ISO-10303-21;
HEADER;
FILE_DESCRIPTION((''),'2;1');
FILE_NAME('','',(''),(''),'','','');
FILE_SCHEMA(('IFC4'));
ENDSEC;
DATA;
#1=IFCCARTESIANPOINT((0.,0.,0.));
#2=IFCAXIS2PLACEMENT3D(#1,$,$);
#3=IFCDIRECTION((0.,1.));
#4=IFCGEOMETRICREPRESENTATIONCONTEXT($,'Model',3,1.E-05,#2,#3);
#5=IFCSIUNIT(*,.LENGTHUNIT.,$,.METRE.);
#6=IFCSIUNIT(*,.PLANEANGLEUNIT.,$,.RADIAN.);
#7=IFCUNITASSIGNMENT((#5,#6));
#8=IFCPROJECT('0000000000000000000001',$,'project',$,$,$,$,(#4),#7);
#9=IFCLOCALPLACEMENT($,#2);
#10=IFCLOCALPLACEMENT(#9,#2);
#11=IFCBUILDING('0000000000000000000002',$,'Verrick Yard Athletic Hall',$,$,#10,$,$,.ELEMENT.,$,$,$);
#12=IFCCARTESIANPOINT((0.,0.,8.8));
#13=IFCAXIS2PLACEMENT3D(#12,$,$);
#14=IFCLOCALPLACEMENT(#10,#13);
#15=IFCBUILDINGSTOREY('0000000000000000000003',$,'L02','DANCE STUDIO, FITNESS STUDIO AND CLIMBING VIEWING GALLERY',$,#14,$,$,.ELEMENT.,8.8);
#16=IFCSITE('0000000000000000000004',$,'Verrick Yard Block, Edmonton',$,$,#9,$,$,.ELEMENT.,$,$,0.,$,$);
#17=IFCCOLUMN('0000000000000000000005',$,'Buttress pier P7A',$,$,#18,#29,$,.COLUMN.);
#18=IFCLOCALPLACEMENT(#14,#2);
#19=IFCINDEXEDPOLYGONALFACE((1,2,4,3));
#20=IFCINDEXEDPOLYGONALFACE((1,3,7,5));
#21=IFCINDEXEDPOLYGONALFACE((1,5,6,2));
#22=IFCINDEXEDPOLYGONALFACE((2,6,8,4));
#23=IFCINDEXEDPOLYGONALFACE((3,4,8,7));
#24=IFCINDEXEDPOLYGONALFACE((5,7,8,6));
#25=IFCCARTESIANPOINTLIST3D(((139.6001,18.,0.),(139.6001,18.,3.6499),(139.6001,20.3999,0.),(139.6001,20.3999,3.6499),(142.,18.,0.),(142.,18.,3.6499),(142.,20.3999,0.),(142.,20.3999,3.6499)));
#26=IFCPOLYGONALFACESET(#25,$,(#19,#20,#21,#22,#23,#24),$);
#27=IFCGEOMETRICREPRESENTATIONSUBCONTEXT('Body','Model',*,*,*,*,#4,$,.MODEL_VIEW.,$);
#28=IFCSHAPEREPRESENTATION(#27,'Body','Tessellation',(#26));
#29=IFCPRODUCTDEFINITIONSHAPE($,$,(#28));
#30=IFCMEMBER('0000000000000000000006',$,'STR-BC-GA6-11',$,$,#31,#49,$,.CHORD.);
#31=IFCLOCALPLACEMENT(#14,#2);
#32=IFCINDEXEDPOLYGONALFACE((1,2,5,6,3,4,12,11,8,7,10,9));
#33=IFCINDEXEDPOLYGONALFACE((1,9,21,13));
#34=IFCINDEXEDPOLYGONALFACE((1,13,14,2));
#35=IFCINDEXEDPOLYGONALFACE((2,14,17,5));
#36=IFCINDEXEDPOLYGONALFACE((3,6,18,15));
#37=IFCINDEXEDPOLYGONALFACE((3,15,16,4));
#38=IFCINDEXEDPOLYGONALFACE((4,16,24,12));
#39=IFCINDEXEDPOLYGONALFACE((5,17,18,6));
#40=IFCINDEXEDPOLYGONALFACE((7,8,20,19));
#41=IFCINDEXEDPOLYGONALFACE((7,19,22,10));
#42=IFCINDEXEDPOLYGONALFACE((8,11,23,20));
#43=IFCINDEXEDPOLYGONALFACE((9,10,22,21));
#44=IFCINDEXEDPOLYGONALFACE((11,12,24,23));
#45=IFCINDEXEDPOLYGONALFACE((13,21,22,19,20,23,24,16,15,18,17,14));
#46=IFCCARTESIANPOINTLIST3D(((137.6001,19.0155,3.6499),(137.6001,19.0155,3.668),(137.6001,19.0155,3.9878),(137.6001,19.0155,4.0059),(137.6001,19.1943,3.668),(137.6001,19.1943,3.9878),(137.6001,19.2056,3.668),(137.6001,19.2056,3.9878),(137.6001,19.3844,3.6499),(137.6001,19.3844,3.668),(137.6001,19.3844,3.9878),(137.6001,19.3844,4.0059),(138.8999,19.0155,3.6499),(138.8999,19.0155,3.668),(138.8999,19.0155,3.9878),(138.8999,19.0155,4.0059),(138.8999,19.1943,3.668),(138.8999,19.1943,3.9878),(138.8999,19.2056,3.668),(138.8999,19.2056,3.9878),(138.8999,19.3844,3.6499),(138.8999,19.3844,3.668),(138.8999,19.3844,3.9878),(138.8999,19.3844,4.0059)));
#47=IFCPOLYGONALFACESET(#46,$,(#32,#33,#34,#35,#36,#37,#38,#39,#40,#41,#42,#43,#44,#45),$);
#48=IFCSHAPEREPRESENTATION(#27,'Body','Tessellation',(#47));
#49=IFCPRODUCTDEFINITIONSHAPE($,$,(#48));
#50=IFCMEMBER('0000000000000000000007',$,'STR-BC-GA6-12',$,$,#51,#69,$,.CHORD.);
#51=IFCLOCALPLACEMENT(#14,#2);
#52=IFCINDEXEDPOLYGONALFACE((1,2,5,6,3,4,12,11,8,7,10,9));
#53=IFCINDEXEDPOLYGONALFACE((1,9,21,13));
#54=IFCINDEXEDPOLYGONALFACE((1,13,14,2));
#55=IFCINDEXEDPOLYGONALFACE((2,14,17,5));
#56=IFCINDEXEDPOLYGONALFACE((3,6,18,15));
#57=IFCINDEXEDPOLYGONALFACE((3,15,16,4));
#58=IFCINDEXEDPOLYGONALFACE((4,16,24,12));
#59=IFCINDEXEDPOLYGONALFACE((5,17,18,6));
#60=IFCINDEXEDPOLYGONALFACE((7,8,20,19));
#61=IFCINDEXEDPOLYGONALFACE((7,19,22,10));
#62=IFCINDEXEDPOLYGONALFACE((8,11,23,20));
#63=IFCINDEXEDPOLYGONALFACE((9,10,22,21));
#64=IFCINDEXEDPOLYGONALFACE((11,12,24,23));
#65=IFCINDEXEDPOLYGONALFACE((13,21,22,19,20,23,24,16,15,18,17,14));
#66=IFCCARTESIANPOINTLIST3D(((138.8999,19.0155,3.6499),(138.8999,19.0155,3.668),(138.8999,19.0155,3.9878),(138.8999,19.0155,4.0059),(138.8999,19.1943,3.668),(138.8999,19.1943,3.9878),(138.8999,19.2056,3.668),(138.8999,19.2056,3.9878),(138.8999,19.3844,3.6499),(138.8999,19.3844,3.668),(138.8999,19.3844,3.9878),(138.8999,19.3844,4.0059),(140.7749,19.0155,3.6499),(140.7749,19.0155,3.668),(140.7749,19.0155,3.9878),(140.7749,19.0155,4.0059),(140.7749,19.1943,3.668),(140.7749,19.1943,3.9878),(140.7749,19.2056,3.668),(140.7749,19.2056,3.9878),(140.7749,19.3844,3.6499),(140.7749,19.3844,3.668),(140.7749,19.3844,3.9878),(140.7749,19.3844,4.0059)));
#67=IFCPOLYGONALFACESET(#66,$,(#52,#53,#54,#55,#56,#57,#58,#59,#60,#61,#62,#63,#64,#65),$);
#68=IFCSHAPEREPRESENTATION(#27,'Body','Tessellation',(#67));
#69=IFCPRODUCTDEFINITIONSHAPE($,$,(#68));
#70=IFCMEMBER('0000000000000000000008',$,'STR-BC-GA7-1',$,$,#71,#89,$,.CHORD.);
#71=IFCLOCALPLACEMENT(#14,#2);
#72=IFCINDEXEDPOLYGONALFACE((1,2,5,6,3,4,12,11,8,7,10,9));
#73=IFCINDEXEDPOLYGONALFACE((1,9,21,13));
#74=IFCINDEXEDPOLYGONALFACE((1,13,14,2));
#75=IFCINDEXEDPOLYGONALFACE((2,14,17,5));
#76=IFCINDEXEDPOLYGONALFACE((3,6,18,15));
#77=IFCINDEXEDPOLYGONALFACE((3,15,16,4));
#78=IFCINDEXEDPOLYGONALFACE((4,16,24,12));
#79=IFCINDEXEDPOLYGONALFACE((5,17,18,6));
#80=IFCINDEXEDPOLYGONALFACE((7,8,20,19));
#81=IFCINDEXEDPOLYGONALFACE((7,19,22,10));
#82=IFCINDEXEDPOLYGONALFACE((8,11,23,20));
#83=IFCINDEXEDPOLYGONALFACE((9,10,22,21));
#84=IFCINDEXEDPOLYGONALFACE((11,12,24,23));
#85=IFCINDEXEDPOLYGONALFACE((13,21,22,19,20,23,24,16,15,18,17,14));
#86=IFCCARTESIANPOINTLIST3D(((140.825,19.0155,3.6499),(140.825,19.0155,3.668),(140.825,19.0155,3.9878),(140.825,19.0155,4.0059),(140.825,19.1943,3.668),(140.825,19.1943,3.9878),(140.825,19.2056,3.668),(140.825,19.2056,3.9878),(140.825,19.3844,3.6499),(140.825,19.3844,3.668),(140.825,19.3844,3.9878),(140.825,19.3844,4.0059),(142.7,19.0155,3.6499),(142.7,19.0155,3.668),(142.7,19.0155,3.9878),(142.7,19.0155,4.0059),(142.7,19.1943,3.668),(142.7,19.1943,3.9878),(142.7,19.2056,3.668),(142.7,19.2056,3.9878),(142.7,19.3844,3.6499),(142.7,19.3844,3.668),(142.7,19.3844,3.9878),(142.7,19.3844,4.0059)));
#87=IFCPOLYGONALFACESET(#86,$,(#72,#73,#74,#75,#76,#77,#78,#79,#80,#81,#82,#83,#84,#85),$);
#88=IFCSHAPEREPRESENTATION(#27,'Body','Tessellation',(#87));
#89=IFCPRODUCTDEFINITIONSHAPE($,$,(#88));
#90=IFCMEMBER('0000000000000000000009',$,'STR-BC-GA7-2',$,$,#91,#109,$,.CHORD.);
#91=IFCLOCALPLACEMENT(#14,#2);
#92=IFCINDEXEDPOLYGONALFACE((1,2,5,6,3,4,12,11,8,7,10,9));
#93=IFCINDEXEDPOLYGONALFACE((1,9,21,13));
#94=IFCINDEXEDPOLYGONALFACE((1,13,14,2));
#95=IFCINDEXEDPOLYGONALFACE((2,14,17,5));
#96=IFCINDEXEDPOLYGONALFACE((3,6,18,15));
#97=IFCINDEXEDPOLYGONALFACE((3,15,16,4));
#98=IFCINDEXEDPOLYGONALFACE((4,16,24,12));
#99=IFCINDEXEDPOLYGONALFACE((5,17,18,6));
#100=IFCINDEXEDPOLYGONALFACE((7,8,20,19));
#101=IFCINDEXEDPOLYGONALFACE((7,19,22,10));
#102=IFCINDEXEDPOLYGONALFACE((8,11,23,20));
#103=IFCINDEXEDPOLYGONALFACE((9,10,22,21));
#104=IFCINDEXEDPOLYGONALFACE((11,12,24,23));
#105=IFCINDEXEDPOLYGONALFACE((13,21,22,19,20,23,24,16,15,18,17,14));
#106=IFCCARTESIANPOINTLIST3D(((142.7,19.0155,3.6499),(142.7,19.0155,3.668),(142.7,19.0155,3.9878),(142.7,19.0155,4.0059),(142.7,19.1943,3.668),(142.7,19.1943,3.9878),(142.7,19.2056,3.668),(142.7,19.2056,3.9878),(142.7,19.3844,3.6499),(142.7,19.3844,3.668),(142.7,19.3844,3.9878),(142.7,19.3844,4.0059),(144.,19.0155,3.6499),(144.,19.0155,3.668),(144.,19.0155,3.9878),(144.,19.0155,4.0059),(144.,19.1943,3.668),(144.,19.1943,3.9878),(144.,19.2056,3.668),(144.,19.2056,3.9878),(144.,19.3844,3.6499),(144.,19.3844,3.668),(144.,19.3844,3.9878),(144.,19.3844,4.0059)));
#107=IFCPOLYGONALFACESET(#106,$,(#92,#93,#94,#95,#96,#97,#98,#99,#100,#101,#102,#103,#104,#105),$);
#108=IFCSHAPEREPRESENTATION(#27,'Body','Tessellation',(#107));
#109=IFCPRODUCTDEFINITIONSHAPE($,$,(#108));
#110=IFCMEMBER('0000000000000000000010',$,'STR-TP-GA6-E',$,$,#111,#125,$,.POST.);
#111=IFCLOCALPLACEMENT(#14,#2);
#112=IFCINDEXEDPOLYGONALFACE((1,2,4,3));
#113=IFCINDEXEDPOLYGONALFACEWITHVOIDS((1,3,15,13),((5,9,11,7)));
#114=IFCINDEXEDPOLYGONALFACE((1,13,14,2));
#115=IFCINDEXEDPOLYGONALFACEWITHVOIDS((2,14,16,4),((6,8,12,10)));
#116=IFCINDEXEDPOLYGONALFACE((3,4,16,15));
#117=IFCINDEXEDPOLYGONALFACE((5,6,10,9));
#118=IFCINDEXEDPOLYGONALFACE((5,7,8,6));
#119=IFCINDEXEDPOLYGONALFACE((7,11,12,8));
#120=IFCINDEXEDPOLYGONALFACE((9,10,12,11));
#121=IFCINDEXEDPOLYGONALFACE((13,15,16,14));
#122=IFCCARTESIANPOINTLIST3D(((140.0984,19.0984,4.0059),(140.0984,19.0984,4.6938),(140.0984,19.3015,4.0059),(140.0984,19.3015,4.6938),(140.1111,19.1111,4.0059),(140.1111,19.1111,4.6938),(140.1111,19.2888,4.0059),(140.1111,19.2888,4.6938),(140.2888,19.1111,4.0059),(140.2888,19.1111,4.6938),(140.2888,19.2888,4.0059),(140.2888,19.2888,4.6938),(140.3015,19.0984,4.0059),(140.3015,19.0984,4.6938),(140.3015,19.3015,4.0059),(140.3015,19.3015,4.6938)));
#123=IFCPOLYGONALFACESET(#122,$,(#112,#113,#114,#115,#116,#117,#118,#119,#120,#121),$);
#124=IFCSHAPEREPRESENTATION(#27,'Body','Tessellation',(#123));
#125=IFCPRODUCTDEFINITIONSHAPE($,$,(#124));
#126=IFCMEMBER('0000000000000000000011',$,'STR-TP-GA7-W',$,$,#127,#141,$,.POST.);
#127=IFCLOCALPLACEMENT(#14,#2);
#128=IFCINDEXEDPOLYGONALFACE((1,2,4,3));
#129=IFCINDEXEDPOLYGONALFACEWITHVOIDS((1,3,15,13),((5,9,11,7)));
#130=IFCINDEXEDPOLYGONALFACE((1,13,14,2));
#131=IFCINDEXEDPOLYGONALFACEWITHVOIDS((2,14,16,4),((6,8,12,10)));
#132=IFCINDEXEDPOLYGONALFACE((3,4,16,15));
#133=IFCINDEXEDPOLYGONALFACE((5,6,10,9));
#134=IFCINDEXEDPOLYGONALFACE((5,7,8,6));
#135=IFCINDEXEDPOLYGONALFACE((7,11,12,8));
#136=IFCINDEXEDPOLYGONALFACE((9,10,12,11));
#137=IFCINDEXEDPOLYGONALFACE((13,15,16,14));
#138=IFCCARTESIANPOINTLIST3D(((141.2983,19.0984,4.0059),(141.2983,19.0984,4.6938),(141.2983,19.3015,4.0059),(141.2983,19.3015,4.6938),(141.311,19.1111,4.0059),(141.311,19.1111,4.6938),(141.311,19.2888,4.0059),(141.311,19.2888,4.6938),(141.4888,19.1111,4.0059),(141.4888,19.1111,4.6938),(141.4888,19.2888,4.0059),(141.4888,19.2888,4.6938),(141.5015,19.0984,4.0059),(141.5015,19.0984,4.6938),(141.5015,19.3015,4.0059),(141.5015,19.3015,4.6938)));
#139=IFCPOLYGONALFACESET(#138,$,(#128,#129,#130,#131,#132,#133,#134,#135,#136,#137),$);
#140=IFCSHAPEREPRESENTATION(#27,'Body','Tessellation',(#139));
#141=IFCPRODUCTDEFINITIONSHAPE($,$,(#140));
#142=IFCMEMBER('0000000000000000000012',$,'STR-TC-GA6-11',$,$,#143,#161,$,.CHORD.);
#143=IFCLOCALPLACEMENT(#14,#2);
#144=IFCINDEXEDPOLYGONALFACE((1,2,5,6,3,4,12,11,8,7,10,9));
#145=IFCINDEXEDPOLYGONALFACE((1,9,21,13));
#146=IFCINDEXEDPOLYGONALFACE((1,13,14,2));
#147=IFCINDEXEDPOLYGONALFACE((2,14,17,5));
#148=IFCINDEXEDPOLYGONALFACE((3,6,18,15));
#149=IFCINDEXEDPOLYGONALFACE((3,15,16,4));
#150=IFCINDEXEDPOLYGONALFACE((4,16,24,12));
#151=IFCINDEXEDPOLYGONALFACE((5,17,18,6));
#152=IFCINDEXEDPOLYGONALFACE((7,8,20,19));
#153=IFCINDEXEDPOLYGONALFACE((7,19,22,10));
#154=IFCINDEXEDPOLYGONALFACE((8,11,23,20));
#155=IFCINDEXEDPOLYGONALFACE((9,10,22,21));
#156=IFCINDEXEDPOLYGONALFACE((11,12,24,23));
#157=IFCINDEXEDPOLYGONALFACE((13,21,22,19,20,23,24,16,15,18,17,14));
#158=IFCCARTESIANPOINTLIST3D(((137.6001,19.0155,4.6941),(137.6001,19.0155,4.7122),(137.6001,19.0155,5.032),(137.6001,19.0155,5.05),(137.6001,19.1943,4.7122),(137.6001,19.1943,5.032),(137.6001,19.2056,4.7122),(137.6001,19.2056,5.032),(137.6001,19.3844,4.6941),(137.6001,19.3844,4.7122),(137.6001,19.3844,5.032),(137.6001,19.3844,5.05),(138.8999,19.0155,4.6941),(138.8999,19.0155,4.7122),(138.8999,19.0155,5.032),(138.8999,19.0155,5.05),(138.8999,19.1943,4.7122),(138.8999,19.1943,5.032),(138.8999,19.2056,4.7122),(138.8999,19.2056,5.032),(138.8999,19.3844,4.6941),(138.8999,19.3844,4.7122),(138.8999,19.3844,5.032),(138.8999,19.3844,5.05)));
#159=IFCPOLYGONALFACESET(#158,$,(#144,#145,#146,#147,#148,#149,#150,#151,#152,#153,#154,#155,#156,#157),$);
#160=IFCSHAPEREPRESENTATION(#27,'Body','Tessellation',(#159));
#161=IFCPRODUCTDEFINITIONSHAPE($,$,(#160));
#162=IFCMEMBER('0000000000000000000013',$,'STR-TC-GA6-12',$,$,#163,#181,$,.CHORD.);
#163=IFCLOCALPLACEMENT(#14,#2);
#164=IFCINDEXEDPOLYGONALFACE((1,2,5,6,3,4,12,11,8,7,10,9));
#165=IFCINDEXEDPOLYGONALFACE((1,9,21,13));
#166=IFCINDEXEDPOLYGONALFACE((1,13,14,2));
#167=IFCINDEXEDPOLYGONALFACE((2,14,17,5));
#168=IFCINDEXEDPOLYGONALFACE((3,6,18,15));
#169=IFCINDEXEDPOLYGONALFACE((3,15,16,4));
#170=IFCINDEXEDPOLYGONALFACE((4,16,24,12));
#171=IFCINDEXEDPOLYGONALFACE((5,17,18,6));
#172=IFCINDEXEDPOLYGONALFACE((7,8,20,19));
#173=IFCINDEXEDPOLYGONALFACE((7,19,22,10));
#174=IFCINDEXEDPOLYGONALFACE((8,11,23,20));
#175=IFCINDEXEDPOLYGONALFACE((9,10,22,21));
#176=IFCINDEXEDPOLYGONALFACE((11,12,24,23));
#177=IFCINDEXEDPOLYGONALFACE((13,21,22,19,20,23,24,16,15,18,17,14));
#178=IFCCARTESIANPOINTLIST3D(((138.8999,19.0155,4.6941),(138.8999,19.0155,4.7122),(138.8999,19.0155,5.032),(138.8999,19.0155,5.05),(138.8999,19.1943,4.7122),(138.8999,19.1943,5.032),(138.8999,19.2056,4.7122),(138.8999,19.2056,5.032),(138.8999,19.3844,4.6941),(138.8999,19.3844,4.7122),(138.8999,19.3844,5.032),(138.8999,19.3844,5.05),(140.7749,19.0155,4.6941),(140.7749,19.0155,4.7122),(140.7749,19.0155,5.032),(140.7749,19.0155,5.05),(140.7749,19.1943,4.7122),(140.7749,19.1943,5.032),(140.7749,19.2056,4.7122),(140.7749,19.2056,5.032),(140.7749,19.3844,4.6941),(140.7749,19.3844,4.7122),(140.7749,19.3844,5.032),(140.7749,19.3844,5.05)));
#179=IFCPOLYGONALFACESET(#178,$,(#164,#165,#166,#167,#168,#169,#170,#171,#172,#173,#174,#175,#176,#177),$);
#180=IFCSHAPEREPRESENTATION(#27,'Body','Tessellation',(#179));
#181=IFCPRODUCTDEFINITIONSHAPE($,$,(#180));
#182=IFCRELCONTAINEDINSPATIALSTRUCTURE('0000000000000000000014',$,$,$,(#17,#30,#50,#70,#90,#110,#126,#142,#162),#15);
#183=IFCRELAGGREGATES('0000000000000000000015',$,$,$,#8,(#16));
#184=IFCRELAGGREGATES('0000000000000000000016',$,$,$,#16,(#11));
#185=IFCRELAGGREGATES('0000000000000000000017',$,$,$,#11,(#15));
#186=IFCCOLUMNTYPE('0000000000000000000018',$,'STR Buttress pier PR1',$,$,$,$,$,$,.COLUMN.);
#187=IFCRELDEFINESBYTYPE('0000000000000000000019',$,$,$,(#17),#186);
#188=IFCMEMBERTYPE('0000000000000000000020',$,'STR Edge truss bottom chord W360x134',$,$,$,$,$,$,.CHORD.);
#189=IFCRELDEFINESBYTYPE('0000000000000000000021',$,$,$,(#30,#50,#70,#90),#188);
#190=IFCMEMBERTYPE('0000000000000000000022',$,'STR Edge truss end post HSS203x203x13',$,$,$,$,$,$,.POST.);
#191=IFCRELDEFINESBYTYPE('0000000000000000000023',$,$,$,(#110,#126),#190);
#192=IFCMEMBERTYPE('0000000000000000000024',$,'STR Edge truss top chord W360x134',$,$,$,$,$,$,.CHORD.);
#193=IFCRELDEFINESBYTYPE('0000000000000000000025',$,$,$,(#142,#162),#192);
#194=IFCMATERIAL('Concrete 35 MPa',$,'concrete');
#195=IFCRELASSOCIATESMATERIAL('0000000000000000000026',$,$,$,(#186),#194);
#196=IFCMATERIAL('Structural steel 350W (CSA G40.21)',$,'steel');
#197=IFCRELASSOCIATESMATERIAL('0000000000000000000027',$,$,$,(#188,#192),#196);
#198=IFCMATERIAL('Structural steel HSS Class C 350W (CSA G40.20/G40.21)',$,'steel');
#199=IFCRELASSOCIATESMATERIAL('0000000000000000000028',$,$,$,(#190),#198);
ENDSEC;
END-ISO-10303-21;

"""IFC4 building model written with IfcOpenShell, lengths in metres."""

from ifc_helpers import new_model, si_unit, direction, frame, origin, origin_2d, place, context, subcontext, project, spatial, rectangle, hollow_rectangle, i_section, extrude, material, material_profile, profile_set, type_object, element, save


model = new_model("IFC4")

# Units and contexts
model_context = context("Model", 3, precision=1e-05, world=origin(), true_north=direction((0.0, 1.0)))
body_context = subcontext(model_context, "Body", "Model", "MODEL_VIEW")
ifc_project = project(units=[si_unit("LENGTHUNIT", "METRE"), si_unit("PLANEANGLEUNIT", "RADIAN")], contexts=[model_context])

# Site, building, storey
site_placement = place(None, origin())
site = spatial("IfcSite", under=ifc_project, at=site_placement, Name="Verrick Yard Block, Edmonton", CompositionType="ELEMENT", RefElevation=0.0)
building_placement = place(site_placement, origin())
building = spatial("IfcBuilding", under=site, at=building_placement, Name="Verrick Yard Athletic Hall", CompositionType="ELEMENT")
storey_placement = place(building_placement, frame((0.0, 0.0, 8.8)))
storey = spatial("IfcBuildingStorey", under=building, at=storey_placement, Name="L02", Description="DANCE STUDIO, FITNESS STUDIO AND CLIMBING VIEWING GALLERY", CompositionType="ELEMENT", Elevation=8.8)

# Column
ifc_material_1 = material(Name="Concrete 35 MPa", Category="concrete")
ifc_material_profile_1 = material_profile(ifc_material_1, rectangle(XDim=2.3999, YDim=2.3999, at=origin_2d()), Name="STR Buttress pier PR1")
ifc_profile_set_1 = profile_set([ifc_material_profile_1], Name="Concrete 35 MPa")
column_type = type_object("IfcColumnType", Name="STR Buttress pier PR1", PredefinedType="COLUMN", material=ifc_profile_set_1)
column_placement = place(storey_placement, frame((140.8, 19.2, 0.0), z_axis=(0.0, 0.0, 1.0), x_axis=(1.0, 0.0, 0.0)))
element("IfcColumn", 1, at=column_placement, inside=storey, type_object=column_type, Name="Buttress pier P7A", PredefinedType="COLUMN", context=body_context, shape_type="SweptSolid", body=[
    extrude(rectangle(XDim=2.3999, YDim=2.3999, at=origin_2d()), origin(), (0.0, 0.0, 1.0), 3.6499),
])

# Members
ifc_material_2 = material(Name="Structural steel 350W (CSA G40.21)", Category="steel")
ifc_material_profile_2 = material_profile(ifc_material_2, i_section(OverallWidth=0.3689, OverallDepth=0.356, WebThickness=0.0112, FlangeThickness=0.0181, at=origin_2d()), Name="W360x134")
ifc_profile_set_2 = profile_set([ifc_material_profile_2], Name="Structural steel 350W (CSA G40.21)")
member_type_1 = type_object("IfcMemberType", Name="STR Edge truss bottom chord W360x134", PredefinedType="CHORD", material=ifc_profile_set_2)
member_1_placement = place(storey_placement, frame((137.6001, 19.2, 3.8279), z_axis=(1.0, 0.0, 0.0), x_axis=(0.0, 1.0, 0.0)))
element("IfcMember", 2, at=member_1_placement, inside=storey, type_object=member_type_1, Name="STR-BC-GA6-11", PredefinedType="CHORD", context=body_context, shape_type="SweptSolid", body=[
    extrude(i_section(OverallWidth=0.3689, OverallDepth=0.356, WebThickness=0.0112, FlangeThickness=0.0181, at=origin_2d()), origin(), (0.0, 0.0, 1.0), 1.2998),
])
for number, where, z_axis, x_axis, name in (
    (3, (138.8999, 19.2, 3.8279), (1.0, 0.0, 0.0), (0.0, 1.0, 0.0), "STR-BC-GA6-12"),
    (4, (140.825, 19.2, 3.8279), (1.0, 0.0, 0.0), (0.0, 1.0, 0.0), "STR-BC-GA7-1"),
):
    element("IfcMember", number, at=place(storey_placement, frame(where, z_axis=z_axis, x_axis=x_axis)), inside=storey, type_object=member_type_1, Name=name, PredefinedType="CHORD", context=body_context, shape_type="SweptSolid", body=[
        extrude(i_section(OverallWidth=0.3689, OverallDepth=0.356, WebThickness=0.0112, FlangeThickness=0.0181, at=origin_2d()), origin(), (0.0, 0.0, 1.0), 1.875),
    ])
member_2_placement = place(storey_placement, frame((142.7, 19.2, 3.8279), z_axis=(1.0, 0.0, 0.0), x_axis=(0.0, 1.0, 0.0)))
element("IfcMember", 5, at=member_2_placement, inside=storey, type_object=member_type_1, Name="STR-BC-GA7-2", PredefinedType="CHORD", context=body_context, shape_type="SweptSolid", body=[
    extrude(i_section(OverallWidth=0.3689, OverallDepth=0.356, WebThickness=0.0112, FlangeThickness=0.0181, at=origin_2d()), origin(), (0.0, 0.0, 1.0), 1.3),
])
ifc_material_3 = material(Name="Structural steel HSS Class C 350W (CSA G40.20/G40.21)", Category="steel")
ifc_material_profile_3 = material_profile(ifc_material_3, hollow_rectangle(XDim=0.2031, YDim=0.2031, WallThickness=0.0127, at=origin_2d()), Name="HSS203x203x13")
ifc_profile_set_3 = profile_set([ifc_material_profile_3], Name="Structural steel HSS Class C 350W (CSA G40.20/G40.21)")
member_type_2 = type_object("IfcMemberType", Name="STR Edge truss end post HSS203x203x13", PredefinedType="POST", material=ifc_profile_set_3)
for number, where, z_axis, x_axis, name in (
    (6, (140.2, 19.2, 4.0059), (0.0, 0.0, 1.0), (1.0, 0.0, 0.0), "STR-TP-GA6-E"),
    (7, (141.3999, 19.2, 4.0059), (0.0, 0.0, 1.0), (1.0, 0.0, 0.0), "STR-TP-GA7-W"),
):
    element("IfcMember", number, at=place(storey_placement, frame(where, z_axis=z_axis, x_axis=x_axis)), inside=storey, type_object=member_type_2, Name=name, PredefinedType="POST", context=body_context, shape_type="SweptSolid", body=[
        extrude(hollow_rectangle(XDim=0.2031, YDim=0.2031, WallThickness=0.0127, at=origin_2d()), origin(), (0.0, 0.0, 1.0), 0.688),
    ])
ifc_material_profile_4 = material_profile(ifc_material_2, i_section(OverallWidth=0.3689, OverallDepth=0.356, WebThickness=0.0112, FlangeThickness=0.0181, at=origin_2d()), Name="W360x134")
ifc_profile_set_4 = profile_set([ifc_material_profile_4], Name="Structural steel 350W (CSA G40.21)")
member_type_3 = type_object("IfcMemberType", Name="STR Edge truss top chord W360x134", PredefinedType="CHORD", material=ifc_profile_set_4)
member_3_placement = place(storey_placement, frame((137.6001, 19.2, 4.8721), z_axis=(1.0, 0.0, 0.0), x_axis=(0.0, 1.0, 0.0)))
element("IfcMember", 8, at=member_3_placement, inside=storey, type_object=member_type_3, Name="STR-TC-GA6-11", PredefinedType="CHORD", context=body_context, shape_type="SweptSolid", body=[
    extrude(i_section(OverallWidth=0.3689, OverallDepth=0.356, WebThickness=0.0112, FlangeThickness=0.0181, at=origin_2d()), origin(), (0.0, 0.0, 1.0), 1.2998),
])
for number, where, z_axis, x_axis, name in (
    (9, (138.8999, 19.2, 4.8721), (1.0, 0.0, 0.0), (0.0, 1.0, 0.0), "STR-TC-GA6-12"),
):
    element("IfcMember", number, at=place(storey_placement, frame(where, z_axis=z_axis, x_axis=x_axis)), inside=storey, type_object=member_type_3, Name=name, PredefinedType="CHORD", context=body_context, shape_type="SweptSolid", body=[
        extrude(i_section(OverallWidth=0.3689, OverallDepth=0.356, WebThickness=0.0112, FlangeThickness=0.0181, at=origin_2d()), origin(), (0.0, 0.0, 1.0), 1.875),
    ])

save(model, "model.ifc")
